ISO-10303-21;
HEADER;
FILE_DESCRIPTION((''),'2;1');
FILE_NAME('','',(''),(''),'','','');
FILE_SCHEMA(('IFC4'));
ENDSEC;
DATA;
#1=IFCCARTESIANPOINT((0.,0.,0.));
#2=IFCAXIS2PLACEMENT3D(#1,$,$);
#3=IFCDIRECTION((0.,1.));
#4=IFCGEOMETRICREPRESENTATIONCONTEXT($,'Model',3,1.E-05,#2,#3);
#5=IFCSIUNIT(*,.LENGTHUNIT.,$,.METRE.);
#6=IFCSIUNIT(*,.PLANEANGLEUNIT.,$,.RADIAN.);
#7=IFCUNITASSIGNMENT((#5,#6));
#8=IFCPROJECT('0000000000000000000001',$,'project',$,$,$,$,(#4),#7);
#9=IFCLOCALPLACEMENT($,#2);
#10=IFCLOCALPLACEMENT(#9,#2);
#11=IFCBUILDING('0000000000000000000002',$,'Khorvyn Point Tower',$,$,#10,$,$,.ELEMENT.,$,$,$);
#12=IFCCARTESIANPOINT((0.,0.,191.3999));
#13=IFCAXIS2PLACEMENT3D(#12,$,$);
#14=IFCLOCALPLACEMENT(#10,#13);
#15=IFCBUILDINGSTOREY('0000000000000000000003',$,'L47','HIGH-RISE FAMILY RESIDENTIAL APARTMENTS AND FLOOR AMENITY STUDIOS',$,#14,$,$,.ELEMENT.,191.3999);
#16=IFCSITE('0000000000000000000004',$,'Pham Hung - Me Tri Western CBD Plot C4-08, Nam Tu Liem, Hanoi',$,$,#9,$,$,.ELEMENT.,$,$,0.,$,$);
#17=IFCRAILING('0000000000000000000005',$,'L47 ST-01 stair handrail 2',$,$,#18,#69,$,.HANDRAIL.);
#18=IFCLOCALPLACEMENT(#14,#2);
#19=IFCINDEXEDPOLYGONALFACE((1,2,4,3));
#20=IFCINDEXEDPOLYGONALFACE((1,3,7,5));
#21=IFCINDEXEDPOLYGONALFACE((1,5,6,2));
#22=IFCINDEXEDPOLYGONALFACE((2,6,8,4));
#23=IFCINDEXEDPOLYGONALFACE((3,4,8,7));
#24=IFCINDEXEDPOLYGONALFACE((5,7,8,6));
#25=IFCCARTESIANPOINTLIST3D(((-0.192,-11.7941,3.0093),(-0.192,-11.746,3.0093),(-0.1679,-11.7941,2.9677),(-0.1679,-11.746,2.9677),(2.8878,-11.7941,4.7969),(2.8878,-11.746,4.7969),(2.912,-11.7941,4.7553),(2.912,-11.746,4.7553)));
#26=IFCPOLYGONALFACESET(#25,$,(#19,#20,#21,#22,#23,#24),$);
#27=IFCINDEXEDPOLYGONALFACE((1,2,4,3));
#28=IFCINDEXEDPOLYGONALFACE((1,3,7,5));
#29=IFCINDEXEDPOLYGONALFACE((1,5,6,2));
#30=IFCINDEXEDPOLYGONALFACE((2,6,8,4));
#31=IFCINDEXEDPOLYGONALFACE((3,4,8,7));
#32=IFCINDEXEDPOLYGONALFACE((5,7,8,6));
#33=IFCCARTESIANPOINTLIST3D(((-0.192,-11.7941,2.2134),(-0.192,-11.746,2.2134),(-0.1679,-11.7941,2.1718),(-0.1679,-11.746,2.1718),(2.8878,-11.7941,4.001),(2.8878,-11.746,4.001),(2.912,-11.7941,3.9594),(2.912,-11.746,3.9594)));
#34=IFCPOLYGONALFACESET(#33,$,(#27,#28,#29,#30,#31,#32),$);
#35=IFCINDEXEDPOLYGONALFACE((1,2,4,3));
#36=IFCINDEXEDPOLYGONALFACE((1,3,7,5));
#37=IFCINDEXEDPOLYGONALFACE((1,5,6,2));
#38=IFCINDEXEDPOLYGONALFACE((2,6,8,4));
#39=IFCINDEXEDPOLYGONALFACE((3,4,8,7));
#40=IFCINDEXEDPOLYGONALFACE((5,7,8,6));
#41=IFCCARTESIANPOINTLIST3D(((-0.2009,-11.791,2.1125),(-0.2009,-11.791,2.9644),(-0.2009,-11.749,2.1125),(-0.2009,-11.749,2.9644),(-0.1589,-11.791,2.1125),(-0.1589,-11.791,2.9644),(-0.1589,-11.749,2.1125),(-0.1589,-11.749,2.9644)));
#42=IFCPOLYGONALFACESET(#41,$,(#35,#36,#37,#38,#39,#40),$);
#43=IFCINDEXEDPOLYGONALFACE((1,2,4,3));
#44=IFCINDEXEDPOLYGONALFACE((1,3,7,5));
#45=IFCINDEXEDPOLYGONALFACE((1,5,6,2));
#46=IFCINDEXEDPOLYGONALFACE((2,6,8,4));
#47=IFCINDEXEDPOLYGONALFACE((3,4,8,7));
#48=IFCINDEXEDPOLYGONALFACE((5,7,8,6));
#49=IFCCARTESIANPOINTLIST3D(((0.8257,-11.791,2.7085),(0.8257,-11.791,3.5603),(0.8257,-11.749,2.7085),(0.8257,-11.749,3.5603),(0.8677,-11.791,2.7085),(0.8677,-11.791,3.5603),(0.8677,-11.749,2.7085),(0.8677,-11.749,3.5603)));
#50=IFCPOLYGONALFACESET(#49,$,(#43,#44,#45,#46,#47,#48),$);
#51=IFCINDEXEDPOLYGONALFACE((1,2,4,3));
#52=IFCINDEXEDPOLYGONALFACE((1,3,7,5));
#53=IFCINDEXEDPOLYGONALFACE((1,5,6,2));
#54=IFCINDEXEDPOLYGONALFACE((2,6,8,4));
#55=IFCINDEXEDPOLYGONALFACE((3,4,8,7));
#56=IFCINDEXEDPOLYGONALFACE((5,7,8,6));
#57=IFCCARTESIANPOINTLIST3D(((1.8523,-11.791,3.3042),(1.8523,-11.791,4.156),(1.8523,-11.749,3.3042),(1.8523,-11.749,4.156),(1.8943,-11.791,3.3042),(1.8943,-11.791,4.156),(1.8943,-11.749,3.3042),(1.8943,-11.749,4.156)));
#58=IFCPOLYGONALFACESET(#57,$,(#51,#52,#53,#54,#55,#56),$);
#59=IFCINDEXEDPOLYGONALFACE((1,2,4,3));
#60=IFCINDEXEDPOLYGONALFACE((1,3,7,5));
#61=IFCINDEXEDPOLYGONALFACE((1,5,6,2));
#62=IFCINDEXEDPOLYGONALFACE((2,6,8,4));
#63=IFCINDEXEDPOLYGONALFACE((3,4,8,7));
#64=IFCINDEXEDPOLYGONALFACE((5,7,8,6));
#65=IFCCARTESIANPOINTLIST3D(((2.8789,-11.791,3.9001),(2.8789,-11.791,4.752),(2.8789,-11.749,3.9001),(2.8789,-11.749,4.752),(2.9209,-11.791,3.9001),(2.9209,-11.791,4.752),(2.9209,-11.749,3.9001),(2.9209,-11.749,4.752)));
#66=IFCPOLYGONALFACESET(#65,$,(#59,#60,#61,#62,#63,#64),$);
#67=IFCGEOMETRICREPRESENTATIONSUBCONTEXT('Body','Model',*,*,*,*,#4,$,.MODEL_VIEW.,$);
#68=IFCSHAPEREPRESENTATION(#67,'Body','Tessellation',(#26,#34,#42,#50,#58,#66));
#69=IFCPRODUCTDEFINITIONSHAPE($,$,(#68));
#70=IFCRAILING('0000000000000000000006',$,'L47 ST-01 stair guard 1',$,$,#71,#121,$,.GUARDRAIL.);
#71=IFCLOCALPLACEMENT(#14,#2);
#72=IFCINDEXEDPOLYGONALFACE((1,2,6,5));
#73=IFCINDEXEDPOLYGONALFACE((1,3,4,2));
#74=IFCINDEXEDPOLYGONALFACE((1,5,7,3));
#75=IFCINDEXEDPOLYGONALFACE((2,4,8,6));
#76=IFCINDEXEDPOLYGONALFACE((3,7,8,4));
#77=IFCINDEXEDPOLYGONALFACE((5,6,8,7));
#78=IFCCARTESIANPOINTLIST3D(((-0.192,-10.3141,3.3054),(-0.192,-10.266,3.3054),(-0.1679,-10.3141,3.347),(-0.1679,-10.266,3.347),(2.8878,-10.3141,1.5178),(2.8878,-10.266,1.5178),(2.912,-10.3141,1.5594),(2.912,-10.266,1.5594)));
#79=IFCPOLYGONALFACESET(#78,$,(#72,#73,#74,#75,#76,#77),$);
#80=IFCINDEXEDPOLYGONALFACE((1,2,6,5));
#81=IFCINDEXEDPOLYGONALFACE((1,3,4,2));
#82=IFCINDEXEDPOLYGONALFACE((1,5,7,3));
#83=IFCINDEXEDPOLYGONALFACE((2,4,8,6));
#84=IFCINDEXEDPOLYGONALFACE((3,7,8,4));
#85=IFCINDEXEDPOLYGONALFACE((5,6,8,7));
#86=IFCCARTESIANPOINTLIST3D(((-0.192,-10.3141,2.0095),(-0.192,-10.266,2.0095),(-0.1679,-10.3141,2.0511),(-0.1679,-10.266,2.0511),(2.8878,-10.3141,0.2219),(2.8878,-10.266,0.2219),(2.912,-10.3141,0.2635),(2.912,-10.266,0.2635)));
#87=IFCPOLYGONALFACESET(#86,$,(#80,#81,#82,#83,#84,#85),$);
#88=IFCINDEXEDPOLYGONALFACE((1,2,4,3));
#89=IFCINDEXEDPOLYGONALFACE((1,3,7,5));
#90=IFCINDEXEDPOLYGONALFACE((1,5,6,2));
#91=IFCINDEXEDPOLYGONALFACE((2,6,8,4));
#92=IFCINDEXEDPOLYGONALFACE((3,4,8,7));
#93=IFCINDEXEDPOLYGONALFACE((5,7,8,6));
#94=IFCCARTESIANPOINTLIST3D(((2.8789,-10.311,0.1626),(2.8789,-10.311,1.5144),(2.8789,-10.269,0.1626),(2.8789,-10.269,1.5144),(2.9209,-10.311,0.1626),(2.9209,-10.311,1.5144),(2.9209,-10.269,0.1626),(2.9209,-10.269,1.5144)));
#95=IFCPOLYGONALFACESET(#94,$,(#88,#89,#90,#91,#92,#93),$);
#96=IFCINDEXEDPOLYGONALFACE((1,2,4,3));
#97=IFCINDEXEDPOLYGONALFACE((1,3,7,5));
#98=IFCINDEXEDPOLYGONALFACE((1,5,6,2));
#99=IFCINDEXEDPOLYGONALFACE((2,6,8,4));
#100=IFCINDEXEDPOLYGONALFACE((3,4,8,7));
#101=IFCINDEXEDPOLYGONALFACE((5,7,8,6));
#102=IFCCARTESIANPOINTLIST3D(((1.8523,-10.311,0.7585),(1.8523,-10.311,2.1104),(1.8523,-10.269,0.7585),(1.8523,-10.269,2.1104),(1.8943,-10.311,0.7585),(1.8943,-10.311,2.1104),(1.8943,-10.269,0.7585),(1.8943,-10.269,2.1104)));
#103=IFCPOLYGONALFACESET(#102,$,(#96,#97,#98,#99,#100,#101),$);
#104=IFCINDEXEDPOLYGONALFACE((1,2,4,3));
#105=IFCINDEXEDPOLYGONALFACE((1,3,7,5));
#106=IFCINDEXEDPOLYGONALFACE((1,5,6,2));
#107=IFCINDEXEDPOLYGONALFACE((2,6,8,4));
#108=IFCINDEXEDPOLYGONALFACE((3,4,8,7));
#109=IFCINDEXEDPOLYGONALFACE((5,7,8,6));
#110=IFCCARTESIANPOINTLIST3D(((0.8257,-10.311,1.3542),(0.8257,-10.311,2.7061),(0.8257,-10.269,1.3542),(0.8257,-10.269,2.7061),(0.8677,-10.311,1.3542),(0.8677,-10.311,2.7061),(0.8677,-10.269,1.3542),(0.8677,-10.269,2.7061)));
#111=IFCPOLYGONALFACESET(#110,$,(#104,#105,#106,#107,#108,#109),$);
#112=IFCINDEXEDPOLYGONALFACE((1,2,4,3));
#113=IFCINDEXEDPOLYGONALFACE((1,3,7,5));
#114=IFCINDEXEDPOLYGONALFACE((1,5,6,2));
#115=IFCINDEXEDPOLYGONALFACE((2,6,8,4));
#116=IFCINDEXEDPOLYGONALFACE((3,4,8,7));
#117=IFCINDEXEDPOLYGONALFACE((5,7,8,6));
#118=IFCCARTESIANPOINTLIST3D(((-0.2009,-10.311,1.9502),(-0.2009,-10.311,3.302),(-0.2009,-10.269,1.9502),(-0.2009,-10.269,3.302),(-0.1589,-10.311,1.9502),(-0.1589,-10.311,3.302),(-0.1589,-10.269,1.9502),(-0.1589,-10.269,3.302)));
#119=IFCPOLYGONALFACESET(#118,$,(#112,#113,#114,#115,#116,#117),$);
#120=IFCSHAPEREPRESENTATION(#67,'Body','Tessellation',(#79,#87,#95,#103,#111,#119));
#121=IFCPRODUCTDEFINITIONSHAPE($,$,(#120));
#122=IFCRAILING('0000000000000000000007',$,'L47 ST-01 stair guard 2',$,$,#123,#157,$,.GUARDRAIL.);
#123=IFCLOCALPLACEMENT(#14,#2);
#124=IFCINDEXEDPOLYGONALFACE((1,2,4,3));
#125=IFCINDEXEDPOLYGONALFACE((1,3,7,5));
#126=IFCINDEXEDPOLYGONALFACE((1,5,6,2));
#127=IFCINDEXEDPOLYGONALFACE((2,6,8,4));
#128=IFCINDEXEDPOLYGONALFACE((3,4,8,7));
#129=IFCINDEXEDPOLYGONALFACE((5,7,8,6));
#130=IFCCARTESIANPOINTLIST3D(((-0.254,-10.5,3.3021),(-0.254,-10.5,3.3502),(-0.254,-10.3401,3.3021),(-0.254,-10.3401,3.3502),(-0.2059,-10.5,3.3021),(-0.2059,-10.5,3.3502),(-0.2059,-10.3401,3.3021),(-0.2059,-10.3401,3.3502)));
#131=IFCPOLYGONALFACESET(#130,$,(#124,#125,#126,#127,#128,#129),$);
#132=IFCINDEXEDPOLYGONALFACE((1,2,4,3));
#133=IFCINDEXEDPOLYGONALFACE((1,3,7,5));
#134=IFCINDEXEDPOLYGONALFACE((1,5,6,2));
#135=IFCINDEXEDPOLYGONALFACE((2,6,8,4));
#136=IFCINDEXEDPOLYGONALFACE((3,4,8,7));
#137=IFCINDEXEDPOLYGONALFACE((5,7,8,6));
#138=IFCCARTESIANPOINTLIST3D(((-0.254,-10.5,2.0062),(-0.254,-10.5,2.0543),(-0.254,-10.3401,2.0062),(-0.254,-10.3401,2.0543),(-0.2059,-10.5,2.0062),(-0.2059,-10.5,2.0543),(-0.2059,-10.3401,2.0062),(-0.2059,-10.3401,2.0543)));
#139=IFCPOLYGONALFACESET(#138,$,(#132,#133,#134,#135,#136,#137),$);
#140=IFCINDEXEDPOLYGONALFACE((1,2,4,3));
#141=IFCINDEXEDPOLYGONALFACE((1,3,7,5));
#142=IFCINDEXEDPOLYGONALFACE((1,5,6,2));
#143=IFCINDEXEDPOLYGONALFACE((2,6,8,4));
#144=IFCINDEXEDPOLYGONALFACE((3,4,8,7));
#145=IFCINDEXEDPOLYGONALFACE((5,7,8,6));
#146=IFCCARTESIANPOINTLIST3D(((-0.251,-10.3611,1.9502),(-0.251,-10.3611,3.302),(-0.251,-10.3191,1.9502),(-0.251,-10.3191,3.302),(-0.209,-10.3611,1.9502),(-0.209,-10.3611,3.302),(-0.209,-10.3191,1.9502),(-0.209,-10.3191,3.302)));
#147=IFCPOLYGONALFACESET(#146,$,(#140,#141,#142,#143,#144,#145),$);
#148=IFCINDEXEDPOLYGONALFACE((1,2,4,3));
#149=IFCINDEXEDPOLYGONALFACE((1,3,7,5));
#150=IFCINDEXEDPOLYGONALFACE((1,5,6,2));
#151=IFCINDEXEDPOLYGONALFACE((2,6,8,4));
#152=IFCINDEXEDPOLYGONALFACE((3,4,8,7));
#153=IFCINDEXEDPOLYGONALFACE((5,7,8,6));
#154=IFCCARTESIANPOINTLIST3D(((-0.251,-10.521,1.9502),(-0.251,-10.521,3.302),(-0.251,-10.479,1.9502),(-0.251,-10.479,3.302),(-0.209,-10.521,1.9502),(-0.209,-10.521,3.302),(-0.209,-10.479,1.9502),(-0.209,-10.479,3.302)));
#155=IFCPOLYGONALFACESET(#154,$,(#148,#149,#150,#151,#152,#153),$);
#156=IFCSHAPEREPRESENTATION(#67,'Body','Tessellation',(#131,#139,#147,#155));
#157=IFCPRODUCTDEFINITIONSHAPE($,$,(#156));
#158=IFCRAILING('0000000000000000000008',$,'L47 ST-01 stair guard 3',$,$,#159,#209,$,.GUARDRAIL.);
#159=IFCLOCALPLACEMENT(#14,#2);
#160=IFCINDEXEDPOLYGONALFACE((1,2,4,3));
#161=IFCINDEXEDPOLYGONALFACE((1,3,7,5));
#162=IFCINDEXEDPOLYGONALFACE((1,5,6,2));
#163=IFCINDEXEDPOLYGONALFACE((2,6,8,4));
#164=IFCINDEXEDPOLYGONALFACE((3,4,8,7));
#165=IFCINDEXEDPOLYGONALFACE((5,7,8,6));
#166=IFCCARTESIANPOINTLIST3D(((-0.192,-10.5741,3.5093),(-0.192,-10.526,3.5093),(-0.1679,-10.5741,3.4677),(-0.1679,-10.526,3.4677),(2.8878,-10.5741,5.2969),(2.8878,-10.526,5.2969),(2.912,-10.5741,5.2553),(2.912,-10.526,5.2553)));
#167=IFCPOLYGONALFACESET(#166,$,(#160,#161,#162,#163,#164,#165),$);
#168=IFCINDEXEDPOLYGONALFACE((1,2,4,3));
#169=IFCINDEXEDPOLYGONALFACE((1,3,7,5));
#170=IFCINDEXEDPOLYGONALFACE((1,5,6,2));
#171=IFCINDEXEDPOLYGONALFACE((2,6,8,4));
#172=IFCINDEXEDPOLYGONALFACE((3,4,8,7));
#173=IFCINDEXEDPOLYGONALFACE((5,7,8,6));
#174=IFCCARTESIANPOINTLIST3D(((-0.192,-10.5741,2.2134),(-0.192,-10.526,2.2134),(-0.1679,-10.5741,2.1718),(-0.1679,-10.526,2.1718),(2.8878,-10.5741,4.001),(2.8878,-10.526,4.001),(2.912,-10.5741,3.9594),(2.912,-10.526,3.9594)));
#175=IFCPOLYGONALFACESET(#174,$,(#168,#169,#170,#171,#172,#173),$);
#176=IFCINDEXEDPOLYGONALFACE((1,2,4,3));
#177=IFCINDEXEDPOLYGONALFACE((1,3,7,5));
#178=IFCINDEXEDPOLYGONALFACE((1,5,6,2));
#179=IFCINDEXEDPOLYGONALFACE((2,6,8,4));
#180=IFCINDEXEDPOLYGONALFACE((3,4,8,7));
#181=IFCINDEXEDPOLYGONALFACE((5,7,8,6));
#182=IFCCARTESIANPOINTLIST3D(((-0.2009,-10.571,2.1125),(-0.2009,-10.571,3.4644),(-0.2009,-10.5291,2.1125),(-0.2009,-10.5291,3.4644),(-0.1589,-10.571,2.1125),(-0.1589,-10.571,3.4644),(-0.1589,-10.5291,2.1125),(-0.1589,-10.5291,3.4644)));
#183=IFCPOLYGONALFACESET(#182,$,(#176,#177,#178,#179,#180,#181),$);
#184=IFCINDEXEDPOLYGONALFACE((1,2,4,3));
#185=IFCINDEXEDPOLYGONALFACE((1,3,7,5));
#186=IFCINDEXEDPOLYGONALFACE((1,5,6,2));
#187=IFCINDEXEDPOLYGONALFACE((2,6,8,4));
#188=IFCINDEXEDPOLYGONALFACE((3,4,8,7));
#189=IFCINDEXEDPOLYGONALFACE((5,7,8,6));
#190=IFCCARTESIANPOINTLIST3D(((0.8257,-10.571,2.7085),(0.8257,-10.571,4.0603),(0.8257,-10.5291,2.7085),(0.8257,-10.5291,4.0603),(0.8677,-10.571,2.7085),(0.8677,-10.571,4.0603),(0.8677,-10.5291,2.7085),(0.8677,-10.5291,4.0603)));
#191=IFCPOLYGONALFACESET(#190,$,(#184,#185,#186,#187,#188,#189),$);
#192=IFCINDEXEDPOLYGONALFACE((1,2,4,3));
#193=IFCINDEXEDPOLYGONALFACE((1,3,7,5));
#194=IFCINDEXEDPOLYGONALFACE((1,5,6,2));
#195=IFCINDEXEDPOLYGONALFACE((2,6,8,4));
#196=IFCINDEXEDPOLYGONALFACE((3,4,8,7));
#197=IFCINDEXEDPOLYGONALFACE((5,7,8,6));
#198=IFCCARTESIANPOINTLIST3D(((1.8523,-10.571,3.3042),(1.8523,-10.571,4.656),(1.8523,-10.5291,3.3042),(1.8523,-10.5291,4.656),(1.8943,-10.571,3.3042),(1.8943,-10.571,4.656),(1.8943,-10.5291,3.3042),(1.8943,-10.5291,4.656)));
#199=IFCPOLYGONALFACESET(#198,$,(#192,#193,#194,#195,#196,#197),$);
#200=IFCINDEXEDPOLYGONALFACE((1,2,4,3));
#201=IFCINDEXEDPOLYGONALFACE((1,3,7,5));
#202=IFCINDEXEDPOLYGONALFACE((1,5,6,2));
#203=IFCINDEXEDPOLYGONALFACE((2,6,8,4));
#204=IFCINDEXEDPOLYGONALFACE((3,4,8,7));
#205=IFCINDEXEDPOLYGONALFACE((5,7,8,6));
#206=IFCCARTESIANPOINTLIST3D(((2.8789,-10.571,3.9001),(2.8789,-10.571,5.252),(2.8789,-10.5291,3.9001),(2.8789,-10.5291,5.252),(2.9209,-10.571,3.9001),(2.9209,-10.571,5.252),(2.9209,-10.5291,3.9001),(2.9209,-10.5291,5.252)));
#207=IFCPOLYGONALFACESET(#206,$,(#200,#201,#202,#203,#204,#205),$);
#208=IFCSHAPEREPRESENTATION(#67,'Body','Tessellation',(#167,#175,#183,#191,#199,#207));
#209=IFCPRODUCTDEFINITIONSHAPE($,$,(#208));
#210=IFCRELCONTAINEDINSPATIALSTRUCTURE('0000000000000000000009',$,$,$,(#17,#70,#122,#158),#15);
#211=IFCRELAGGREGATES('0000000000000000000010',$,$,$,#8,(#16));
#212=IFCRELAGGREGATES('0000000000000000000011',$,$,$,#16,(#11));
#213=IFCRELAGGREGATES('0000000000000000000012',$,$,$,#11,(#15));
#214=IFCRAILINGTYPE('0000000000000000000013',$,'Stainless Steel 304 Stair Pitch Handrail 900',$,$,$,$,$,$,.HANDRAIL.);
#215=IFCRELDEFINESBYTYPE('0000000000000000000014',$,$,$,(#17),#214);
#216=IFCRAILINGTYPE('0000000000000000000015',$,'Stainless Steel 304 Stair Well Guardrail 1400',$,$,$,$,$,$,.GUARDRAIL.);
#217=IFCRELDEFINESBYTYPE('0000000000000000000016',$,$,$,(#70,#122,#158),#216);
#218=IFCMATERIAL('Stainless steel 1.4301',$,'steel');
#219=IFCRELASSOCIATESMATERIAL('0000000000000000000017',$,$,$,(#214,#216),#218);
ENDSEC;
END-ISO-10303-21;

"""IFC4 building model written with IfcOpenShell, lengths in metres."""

from ifc_helpers import new_model, si_unit, direction, frame, origin, origin_2d, place, context, subcontext, project, spatial, rectangle, extrude, material, type_object, element, save


model = new_model("IFC4")

# Units and contexts
model_context = context("Model", 3, precision=1e-05, world=origin(), true_north=direction((0.0, 1.0)))
body_context = subcontext(model_context, "Body", "Model", "MODEL_VIEW")
ifc_project = project(units=[si_unit("LENGTHUNIT", "METRE"), si_unit("PLANEANGLEUNIT", "RADIAN")], contexts=[model_context])

# Site, building, storey
site_placement = place(None, origin())
site = spatial("IfcSite", under=ifc_project, at=site_placement, Name="Pham Hung - Me Tri Western CBD Plot C4-08, Nam Tu Liem, Hanoi", CompositionType="ELEMENT", RefElevation=0.0)
building_placement = place(site_placement, origin())
building = spatial("IfcBuilding", under=site, at=building_placement, Name="Khorvyn Point Tower", CompositionType="ELEMENT")
storey_placement = place(building_placement, frame((0.0, 0.0, 191.3999)))
storey = spatial("IfcBuildingStorey", under=building, at=storey_placement, Name="L47", Description="HIGH-RISE FAMILY RESIDENTIAL APARTMENTS AND FLOOR AMENITY STUDIOS", CompositionType="ELEMENT", Elevation=191.3999)

# Shared definitions
ifc_material_1 = material(Name="Stainless steel 1.4301", Category="steel")

# Railings
railing_type_1 = type_object("IfcRailingType", Name="Stainless Steel 304 Stair Pitch Handrail 900", PredefinedType="HANDRAIL", material=ifc_material_1)
railing_1_placement = place(storey_placement, frame((-0.1799, -11.77, 2.1125)))
element("IfcRailing", 1, at=railing_1_placement, inside=storey, type_object=railing_type_1, Name="L47 ST-01 stair handrail 2", PredefinedType="HANDRAIL", context=body_context, shape_type="SweptSolid", body=[
    extrude(rectangle(XDim=0.0481, YDim=0.0481, at=origin_2d()), frame((0.0, 0.0, 0.876), z_axis=(0.864873, 0.0, 0.50199), x_axis=(0.0, 1.0, 0.0)), (0.0, 0.0, 1.0), 3.561),
    extrude(rectangle(XDim=0.0481, YDim=0.0481, at=origin_2d()), frame((0.0, 0.0, 0.0801), z_axis=(0.864873, 0.0, 0.50199), x_axis=(0.0, 1.0, 0.0)), (0.0, 0.0, 1.0), 3.561),
    extrude(rectangle(XDim=0.042, YDim=0.042, at=origin_2d()), origin(), (0.0, 0.0, 1.0), 0.8518),
    extrude(rectangle(XDim=0.042, YDim=0.042, at=origin_2d()), frame((1.0266, 0.0, 0.5959)), (0.0, 0.0, 1.0), 0.8518),
    extrude(rectangle(XDim=0.042, YDim=0.042, at=origin_2d()), frame((2.0532, 0.0, 1.1917)), (0.0, 0.0, 1.0), 0.8518),
    extrude(rectangle(XDim=0.042, YDim=0.042, at=origin_2d()), frame((3.0798, 0.0, 1.7876)), (0.0, 0.0, 1.0), 0.8518),
])
railing_type_2 = type_object("IfcRailingType", Name="Stainless Steel 304 Stair Well Guardrail 1400", PredefinedType="GUARDRAIL", material=ifc_material_1)
railing_2_placement = place(storey_placement, frame((2.8999, -10.29, 0.1626)))
element("IfcRailing", 2, at=railing_2_placement, inside=storey, type_object=railing_type_2, Name="L47 ST-01 stair guard 1", PredefinedType="GUARDRAIL", context=body_context, shape_type="SweptSolid", body=[
    extrude(rectangle(XDim=0.0481, YDim=0.0481, at=origin_2d()), frame((0.0, 0.0, 1.376), z_axis=(-0.864873, 0.0, 0.50199), x_axis=(0.0, -1.0, 0.0)), (0.0, 0.0, 1.0), 3.561),
    extrude(rectangle(XDim=0.0481, YDim=0.0481, at=origin_2d()), frame((0.0, 0.0, 0.0801), z_axis=(-0.864873, 0.0, 0.50199), x_axis=(0.0, -1.0, 0.0)), (0.0, 0.0, 1.0), 3.561),
    extrude(rectangle(XDim=0.042, YDim=0.042, at=origin_2d()), origin(), (0.0, 0.0, 1.0), 1.3518),
    extrude(rectangle(XDim=0.042, YDim=0.042, at=origin_2d()), frame((-1.0266, 0.0, 0.5959)), (0.0, 0.0, 1.0), 1.3518),
    extrude(rectangle(XDim=0.042, YDim=0.042, at=origin_2d()), frame((-2.0532, 0.0, 1.1917)), (0.0, 0.0, 1.0), 1.3518),
    extrude(rectangle(XDim=0.042, YDim=0.042, at=origin_2d()), frame((-3.0798, 0.0, 1.7876)), (0.0, 0.0, 1.0), 1.3518),
])
railing_3_placement = place(storey_placement, frame((-0.23, -10.3401, 1.9502)))
element("IfcRailing", 3, at=railing_3_placement, inside=storey, type_object=railing_type_2, Name="L47 ST-01 stair guard 2", PredefinedType="GUARDRAIL", context=body_context, shape_type="SweptSolid", body=[
    extrude(rectangle(XDim=0.0481, YDim=0.0481, at=origin_2d()), frame((0.0, 0.0, 1.376), z_axis=(0.0, -1.0, 0.0), x_axis=(1.0, 0.0, 0.0)), (0.0, 0.0, 1.0), 0.1599),
    extrude(rectangle(XDim=0.0481, YDim=0.0481, at=origin_2d()), frame((0.0, 0.0, 0.0801), z_axis=(0.0, -1.0, 0.0), x_axis=(1.0, 0.0, 0.0)), (0.0, 0.0, 1.0), 0.1599),
    extrude(rectangle(XDim=0.042, YDim=0.042, at=origin_2d()), origin(), (0.0, 0.0, 1.0), 1.3518),
    extrude(rectangle(XDim=0.042, YDim=0.042, at=origin_2d()), frame((0.0, -0.1599, 0.0)), (0.0, 0.0, 1.0), 1.3518),
])
railing_4_placement = place(storey_placement, frame((-0.1799, -10.55, 2.1125)))
element("IfcRailing", 4, at=railing_4_placement, inside=storey, type_object=railing_type_2, Name="L47 ST-01 stair guard 3", PredefinedType="GUARDRAIL", context=body_context, shape_type="SweptSolid", body=[
    extrude(rectangle(XDim=0.0481, YDim=0.0481, at=origin_2d()), frame((0.0, 0.0, 1.376), z_axis=(0.864873, 0.0, 0.50199), x_axis=(0.0, 1.0, 0.0)), (0.0, 0.0, 1.0), 3.561),
    extrude(rectangle(XDim=0.0481, YDim=0.0481, at=origin_2d()), frame((0.0, 0.0, 0.0801), z_axis=(0.864873, 0.0, 0.50199), x_axis=(0.0, 1.0, 0.0)), (0.0, 0.0, 1.0), 3.561),
    extrude(rectangle(XDim=0.042, YDim=0.042, at=origin_2d()), origin(), (0.0, 0.0, 1.0), 1.3518),
    extrude(rectangle(XDim=0.042, YDim=0.042, at=origin_2d()), frame((1.0266, 0.0, 0.5959)), (0.0, 0.0, 1.0), 1.3518),
    extrude(rectangle(XDim=0.042, YDim=0.042, at=origin_2d()), frame((2.0532, 0.0, 1.1917)), (0.0, 0.0, 1.0), 1.3518),
    extrude(rectangle(XDim=0.042, YDim=0.042, at=origin_2d()), frame((3.0798, 0.0, 1.7876)), (0.0, 0.0, 1.0), 1.3518),
])

save(model, "model.ifc")
